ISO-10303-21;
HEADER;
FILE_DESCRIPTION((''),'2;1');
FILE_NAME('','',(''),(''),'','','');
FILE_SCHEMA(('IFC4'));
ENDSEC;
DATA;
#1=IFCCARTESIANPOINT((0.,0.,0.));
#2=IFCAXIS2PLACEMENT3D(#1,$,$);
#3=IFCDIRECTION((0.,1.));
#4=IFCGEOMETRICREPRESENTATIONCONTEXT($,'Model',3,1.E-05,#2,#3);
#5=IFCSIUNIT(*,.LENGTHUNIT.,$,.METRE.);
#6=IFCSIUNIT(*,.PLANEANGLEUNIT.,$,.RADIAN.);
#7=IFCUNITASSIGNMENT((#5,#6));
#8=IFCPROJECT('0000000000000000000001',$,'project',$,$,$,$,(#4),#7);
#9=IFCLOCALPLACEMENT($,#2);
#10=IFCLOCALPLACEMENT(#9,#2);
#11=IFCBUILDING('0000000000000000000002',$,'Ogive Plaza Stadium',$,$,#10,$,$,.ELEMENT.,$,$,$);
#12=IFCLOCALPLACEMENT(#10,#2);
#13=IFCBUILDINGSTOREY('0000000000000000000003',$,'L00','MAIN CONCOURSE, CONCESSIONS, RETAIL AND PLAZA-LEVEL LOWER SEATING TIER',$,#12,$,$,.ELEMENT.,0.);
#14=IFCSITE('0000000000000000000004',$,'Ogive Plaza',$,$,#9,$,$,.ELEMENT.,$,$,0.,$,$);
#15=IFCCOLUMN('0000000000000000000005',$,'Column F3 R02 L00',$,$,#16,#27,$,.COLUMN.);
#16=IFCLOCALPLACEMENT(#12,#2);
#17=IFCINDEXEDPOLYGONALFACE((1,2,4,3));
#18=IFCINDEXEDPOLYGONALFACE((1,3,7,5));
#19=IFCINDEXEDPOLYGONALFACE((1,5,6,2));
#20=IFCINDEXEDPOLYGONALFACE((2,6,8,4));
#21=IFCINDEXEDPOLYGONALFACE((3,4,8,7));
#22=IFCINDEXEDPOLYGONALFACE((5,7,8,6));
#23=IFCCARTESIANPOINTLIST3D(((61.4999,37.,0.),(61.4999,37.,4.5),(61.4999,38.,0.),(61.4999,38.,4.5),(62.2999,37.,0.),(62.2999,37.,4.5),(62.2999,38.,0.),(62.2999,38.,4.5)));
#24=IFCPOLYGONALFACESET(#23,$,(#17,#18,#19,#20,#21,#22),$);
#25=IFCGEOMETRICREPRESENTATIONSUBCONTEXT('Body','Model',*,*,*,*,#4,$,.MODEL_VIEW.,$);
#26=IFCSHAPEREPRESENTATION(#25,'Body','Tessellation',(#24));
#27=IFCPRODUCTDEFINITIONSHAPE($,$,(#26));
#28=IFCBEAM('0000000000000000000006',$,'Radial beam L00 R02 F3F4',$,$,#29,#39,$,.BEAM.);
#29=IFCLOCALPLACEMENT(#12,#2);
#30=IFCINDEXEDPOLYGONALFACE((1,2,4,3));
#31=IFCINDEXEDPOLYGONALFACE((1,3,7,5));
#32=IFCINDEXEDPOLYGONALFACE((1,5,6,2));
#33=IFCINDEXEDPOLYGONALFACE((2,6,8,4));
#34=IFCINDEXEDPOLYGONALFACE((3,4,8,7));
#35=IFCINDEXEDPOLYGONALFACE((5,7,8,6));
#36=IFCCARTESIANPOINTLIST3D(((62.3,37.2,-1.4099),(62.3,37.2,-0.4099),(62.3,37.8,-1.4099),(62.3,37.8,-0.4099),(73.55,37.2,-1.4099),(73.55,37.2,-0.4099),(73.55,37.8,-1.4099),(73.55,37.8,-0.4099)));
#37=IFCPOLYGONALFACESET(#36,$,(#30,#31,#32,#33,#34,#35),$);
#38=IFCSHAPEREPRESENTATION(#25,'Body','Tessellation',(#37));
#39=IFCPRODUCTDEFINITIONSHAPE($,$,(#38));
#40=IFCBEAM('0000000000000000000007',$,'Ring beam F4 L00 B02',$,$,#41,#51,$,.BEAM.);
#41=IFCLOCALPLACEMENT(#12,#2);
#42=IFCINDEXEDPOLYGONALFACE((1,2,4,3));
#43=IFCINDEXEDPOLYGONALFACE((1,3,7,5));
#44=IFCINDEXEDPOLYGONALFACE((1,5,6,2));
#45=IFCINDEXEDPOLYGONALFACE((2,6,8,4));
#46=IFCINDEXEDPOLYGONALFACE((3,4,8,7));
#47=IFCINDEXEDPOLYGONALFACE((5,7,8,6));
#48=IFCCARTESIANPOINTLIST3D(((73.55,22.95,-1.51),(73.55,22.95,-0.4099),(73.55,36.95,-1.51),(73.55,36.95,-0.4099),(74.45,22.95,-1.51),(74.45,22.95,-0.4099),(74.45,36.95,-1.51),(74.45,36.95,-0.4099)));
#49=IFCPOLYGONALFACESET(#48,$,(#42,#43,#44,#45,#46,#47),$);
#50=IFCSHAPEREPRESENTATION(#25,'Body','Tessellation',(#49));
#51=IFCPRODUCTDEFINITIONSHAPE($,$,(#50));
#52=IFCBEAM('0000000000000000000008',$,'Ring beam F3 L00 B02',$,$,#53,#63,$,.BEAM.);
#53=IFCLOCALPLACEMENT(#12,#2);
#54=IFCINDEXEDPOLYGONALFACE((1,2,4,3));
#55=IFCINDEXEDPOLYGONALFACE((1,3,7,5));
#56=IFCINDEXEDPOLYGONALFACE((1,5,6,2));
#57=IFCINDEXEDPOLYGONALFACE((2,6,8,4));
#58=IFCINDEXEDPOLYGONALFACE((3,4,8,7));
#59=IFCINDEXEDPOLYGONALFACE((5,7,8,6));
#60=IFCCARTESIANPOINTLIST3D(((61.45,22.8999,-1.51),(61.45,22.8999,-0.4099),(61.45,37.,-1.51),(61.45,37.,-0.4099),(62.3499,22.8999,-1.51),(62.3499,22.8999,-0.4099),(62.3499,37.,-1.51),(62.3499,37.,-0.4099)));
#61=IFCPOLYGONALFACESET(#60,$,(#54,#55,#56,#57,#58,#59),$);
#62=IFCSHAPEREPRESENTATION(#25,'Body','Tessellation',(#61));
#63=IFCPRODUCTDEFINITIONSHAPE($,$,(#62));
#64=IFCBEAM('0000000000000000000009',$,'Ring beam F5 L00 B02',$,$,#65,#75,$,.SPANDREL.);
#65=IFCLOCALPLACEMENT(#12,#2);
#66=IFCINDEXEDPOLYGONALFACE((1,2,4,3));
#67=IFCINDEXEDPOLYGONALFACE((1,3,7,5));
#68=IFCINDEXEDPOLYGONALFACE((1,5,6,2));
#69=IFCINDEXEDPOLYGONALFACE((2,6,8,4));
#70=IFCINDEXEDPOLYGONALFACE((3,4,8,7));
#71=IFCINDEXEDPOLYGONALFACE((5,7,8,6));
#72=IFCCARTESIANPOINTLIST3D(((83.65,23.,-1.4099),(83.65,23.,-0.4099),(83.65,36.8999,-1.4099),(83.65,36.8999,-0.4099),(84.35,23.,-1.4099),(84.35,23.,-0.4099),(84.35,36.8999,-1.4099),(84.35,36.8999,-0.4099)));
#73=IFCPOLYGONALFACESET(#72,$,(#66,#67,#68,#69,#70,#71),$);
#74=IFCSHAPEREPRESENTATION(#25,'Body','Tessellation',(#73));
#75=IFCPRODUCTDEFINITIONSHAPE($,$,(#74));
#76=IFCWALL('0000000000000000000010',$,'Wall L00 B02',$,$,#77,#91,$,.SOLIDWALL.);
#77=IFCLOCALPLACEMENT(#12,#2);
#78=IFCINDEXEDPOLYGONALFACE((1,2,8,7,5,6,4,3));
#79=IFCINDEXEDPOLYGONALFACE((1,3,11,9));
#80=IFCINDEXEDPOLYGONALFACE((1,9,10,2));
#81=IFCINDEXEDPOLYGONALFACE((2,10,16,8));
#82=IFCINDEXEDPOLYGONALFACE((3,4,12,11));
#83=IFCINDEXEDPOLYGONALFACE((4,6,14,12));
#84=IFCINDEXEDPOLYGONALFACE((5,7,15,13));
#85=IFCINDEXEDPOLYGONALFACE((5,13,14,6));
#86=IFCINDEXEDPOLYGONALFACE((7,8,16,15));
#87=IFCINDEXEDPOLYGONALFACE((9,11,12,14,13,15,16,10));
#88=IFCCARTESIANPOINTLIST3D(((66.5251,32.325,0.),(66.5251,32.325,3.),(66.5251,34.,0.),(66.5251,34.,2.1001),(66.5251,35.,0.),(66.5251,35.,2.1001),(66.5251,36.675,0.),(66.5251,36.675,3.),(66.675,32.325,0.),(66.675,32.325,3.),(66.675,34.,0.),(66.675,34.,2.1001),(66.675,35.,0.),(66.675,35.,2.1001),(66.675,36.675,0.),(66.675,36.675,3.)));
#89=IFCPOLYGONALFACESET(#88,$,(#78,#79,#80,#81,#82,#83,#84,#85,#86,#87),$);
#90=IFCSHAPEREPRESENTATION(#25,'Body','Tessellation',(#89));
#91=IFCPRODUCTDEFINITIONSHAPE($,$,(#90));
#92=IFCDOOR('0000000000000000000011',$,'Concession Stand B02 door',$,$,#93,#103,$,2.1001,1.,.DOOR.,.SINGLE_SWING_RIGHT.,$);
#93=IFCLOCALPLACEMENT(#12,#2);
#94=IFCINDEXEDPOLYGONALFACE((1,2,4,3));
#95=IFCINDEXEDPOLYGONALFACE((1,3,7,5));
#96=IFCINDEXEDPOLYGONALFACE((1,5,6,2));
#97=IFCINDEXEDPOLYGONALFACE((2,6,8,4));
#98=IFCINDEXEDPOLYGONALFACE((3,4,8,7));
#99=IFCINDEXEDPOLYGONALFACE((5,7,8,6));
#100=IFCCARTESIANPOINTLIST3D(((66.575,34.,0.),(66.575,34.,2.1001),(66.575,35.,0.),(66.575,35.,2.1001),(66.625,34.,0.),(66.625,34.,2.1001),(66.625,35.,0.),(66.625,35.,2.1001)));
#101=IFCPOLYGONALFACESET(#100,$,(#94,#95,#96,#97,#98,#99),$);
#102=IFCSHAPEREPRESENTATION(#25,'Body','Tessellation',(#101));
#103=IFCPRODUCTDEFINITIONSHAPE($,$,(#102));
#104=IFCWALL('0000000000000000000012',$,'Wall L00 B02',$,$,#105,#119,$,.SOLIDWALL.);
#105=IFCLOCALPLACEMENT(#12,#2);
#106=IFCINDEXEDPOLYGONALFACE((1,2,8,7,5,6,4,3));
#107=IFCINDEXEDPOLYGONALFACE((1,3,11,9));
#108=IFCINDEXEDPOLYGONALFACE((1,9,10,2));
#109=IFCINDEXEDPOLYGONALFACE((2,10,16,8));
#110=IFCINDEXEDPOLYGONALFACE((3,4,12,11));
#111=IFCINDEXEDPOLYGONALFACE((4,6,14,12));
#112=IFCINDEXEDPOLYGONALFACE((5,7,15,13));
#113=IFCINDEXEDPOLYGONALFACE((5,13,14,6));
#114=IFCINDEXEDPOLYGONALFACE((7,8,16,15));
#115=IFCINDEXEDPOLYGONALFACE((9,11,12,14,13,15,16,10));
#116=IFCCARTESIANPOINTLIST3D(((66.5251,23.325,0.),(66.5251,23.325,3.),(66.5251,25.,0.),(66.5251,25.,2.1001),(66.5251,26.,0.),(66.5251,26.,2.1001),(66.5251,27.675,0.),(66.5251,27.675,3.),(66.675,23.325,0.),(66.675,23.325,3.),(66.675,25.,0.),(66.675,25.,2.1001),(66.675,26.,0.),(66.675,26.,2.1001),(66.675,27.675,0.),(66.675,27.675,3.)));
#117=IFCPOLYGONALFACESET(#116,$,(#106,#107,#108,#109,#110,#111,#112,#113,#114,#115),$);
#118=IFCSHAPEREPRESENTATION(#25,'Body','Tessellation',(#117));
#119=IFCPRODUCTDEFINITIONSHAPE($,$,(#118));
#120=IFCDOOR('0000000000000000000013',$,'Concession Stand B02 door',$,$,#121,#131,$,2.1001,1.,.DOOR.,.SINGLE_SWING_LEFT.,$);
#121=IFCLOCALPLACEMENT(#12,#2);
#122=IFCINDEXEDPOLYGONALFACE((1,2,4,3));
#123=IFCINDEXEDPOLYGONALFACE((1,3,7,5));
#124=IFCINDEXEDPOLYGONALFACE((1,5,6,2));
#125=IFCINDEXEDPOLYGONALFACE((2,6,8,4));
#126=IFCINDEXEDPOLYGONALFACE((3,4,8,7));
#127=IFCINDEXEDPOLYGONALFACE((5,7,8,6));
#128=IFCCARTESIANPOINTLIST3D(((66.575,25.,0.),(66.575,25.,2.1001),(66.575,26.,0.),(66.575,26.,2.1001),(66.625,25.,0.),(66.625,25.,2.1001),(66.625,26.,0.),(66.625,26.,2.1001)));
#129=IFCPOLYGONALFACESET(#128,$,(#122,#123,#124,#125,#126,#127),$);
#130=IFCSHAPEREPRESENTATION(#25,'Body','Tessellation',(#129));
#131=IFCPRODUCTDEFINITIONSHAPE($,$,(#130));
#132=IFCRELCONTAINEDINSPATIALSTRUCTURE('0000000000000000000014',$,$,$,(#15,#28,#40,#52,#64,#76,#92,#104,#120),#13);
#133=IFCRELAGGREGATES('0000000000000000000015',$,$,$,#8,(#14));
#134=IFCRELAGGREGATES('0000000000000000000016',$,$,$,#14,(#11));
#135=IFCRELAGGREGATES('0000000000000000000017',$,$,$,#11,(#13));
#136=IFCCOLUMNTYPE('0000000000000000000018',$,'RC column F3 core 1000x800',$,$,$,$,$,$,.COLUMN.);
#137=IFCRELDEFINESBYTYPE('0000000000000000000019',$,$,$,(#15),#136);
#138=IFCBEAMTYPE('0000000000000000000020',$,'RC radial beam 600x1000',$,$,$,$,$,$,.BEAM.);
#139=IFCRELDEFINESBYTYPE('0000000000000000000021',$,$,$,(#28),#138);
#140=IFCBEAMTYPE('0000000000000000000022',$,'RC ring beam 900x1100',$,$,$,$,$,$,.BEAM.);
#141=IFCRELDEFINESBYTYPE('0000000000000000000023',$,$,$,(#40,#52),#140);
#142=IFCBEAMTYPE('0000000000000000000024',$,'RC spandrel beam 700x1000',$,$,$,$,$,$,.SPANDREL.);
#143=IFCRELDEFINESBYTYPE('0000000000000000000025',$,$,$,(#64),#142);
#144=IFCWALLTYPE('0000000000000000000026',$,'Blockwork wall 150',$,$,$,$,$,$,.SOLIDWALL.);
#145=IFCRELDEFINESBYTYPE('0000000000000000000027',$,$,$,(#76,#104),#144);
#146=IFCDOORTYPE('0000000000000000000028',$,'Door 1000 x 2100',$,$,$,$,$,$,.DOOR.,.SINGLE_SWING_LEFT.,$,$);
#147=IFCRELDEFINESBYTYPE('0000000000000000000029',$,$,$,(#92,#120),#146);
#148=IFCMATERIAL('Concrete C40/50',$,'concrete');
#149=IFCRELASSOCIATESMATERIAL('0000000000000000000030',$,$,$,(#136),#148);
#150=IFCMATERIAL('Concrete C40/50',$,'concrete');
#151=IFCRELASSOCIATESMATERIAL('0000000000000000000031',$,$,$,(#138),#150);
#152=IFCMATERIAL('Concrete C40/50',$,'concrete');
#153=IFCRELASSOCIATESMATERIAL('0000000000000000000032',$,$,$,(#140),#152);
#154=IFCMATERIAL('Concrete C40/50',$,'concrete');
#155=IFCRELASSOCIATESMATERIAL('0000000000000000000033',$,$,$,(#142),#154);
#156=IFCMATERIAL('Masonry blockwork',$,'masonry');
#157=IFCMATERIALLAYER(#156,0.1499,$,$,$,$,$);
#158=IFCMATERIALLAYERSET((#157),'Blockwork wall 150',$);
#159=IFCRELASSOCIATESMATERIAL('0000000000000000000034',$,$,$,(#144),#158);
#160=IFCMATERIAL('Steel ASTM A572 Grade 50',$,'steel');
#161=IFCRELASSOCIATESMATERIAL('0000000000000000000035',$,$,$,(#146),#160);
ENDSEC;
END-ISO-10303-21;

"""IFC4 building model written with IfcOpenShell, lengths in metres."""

from ifc_helpers import new_model, si_unit, direction, frame, frame_2d, origin, origin_2d, place, context, subcontext, project, spatial, rectangle, extrude, material, layer, layer_set, material_profile, profile_set, type_object, element, fill, save


model = new_model("IFC4")

# Units and contexts
model_context = context("Model", 3, precision=1e-05, world=origin(), true_north=direction((0.0, 1.0)))
body_context = subcontext(model_context, "Body", "Model", "MODEL_VIEW")
ifc_project = project(units=[si_unit("LENGTHUNIT", "METRE"), si_unit("PLANEANGLEUNIT", "RADIAN")], contexts=[model_context])

# Site, building, storey
site_placement = place(None, origin())
site = spatial("IfcSite", under=ifc_project, at=site_placement, Name="Ogive Plaza", CompositionType="ELEMENT", RefElevation=0.0)
building_placement = place(site_placement, origin())
building = spatial("IfcBuilding", under=site, at=building_placement, Name="Ogive Plaza Stadium", CompositionType="ELEMENT")
storey_placement = place(building_placement, origin())
storey = spatial("IfcBuildingStorey", under=building, at=storey_placement, Name="L00", Description="MAIN CONCOURSE, CONCESSIONS, RETAIL AND PLAZA-LEVEL LOWER SEATING TIER", CompositionType="ELEMENT", Elevation=0.0)

# Column
ifc_material_1 = material(Name="Concrete C40/50", Category="concrete")
ifc_material_profile_1 = material_profile(ifc_material_1, rectangle(XDim=1.0, YDim=0.8, at=origin_2d()), Name="RC 1000x800")
ifc_profile_set_1 = profile_set([ifc_material_profile_1], Name="Concrete C40/50")
column_type = type_object("IfcColumnType", Name="RC column F3 core 1000x800", PredefinedType="COLUMN", material=ifc_profile_set_1)
column_placement = place(storey_placement, frame((61.8999, 37.5, 0.0), z_axis=(0.0, 0.0, 1.0), x_axis=(0.0, 1.0, 0.0)))
element("IfcColumn", 1, at=column_placement, inside=storey, type_object=column_type, Name="Column F3 R02 L00", PredefinedType="COLUMN", context=body_context, shape_type="SweptSolid", body=[
    extrude(rectangle(XDim=1.0, YDim=0.8, at=origin_2d()), origin(), (0.0, 0.0, 1.0), 4.5),
])

# Beams
ifc_material_2 = material(Name="Concrete C40/50", Category="concrete")
ifc_material_profile_2 = material_profile(ifc_material_2, rectangle(XDim=0.6001, YDim=1.0, at=origin_2d()), Name="RC 600x1000")
ifc_profile_set_2 = profile_set([ifc_material_profile_2], Name="Concrete C40/50")
beam_type_1 = type_object("IfcBeamType", Name="RC radial beam 600x1000", PredefinedType="BEAM", material=ifc_profile_set_2)
beam_1_placement = place(storey_placement, frame((62.3, 37.5, -0.9099), z_axis=(1.0, 0.0, 0.0), x_axis=(0.0, 1.0, 0.0)))
element("IfcBeam", 2, at=beam_1_placement, inside=storey, type_object=beam_type_1, Name="Radial beam L00 R02 F3F4", PredefinedType="BEAM", context=body_context, shape_type="SweptSolid", body=[
    extrude(rectangle(XDim=0.6001, YDim=1.0, at=origin_2d()), origin(), (0.0, 0.0, 1.0), 11.25),
])
ifc_material_3 = material(Name="Concrete C40/50", Category="concrete")
ifc_material_profile_3 = material_profile(ifc_material_3, rectangle(XDim=0.8999, YDim=1.1001, at=origin_2d()), Name="RC 900x1100")
ifc_profile_set_3 = profile_set([ifc_material_profile_3], Name="Concrete C40/50")
beam_type_2 = type_object("IfcBeamType", Name="RC ring beam 900x1100", PredefinedType="BEAM", material=ifc_profile_set_3)
beam_2_placement = place(storey_placement, frame((74.0, 36.95, -0.96), z_axis=(0.0, -1.0, 0.0), x_axis=(1.0, 0.0, 0.0)))
element("IfcBeam", 3, at=beam_2_placement, inside=storey, type_object=beam_type_2, Name="Ring beam F4 L00 B02", PredefinedType="BEAM", context=body_context, shape_type="SweptSolid", body=[
    extrude(rectangle(XDim=0.8999, YDim=1.1001, at=origin_2d()), origin(), (0.0, 0.0, 1.0), 14.0),
])
beam_3_placement = place(storey_placement, frame((61.8999, 37.0, -0.96), z_axis=(0.0, -1.0, 0.0), x_axis=(1.0, 0.0, 0.0)))
element("IfcBeam", 4, at=beam_3_placement, inside=storey, type_object=beam_type_2, Name="Ring beam F3 L00 B02", PredefinedType="BEAM", context=body_context, shape_type="SweptSolid", body=[
    extrude(rectangle(XDim=0.8999, YDim=1.1001, at=origin_2d()), origin(), (0.0, 0.0, 1.0), 14.1001),
])
ifc_material_4 = material(Name="Concrete C40/50", Category="concrete")
ifc_material_profile_4 = material_profile(ifc_material_4, rectangle(XDim=0.7, YDim=1.0, at=origin_2d()), Name="RC 700x1000")
ifc_profile_set_4 = profile_set([ifc_material_profile_4], Name="Concrete C40/50")
beam_type_3 = type_object("IfcBeamType", Name="RC spandrel beam 700x1000", PredefinedType="SPANDREL", material=ifc_profile_set_4)
beam_4_placement = place(storey_placement, frame((84.0, 36.8999, -0.9099), z_axis=(0.0, -1.0, 0.0), x_axis=(1.0, 0.0, 0.0)))
element("IfcBeam", 5, at=beam_4_placement, inside=storey, type_object=beam_type_3, Name="Ring beam F5 L00 B02", PredefinedType="SPANDREL", context=body_context, shape_type="SweptSolid", body=[
    extrude(rectangle(XDim=0.7, YDim=1.0, at=origin_2d()), origin(), (0.0, 0.0, 1.0), 13.8999),
])

# Walls, openings, doors
ifc_material_5 = material(Name="Masonry blockwork", Category="masonry")
ifc_layer_1 = layer(ifc_material_5, 0.1499)
ifc_layer_set_1 = layer_set([ifc_layer_1], Name="Blockwork wall 150")
wall_type_1 = type_object("IfcWallType", Name="Blockwork wall 150", PredefinedType="SOLIDWALL", material=ifc_layer_set_1)
wall_1_placement = place(storey_placement, frame((66.6001, 36.675, 0.0), z_axis=(0.0, 0.0, 1.0), x_axis=(0.0, -1.0, 0.0)))
wall_1 = element("IfcWall", 6, at=wall_1_placement, inside=storey, type_object=wall_type_1, Name="Wall L00 B02", PredefinedType="SOLIDWALL", context=body_context, shape_type="SweptSolid", body=[
    extrude(rectangle(XDim=4.3501, YDim=0.1499, at=frame_2d((2.175, 0.0))), origin(), (0.0, 0.0, 1.0), 3.0),
])
opening_1_placement = place(wall_1_placement, frame((1.675, 0.0, 0.0)))
opening_1 = element("IfcOpeningElement", 7, at=opening_1_placement, cuts=wall_1, PredefinedType="OPENING", context=body_context, shape_type="SweptSolid", body=[
    extrude(rectangle(XDim=1.0, YDim=2.1001, at=frame_2d((0.5, 1.05))), frame((0.0, 0.075, 0.0), z_axis=(0.0, -1.0, 0.0), x_axis=(1.0, 0.0, 0.0)), (0.0, 0.0, 1.0), 0.1499),
])
ifc_material_6 = material(Name="Steel ASTM A572 Grade 50", Category="steel")
door_type_1 = type_object("IfcDoorType", Name="Door 1000 x 2100", OperationType="SINGLE_SWING_LEFT", PredefinedType="DOOR", material=ifc_material_6)
door_1_placement = place(opening_1_placement, origin())
door_1 = element("IfcDoor", 8, at=door_1_placement, inside=storey, type_object=door_type_1, Name="Concession Stand B02 door", OperationType="SINGLE_SWING_RIGHT", OverallHeight=2.1001, OverallWidth=1.0, PredefinedType="DOOR", context=body_context, shape_type="SweptSolid", body=[
    extrude(rectangle(XDim=1.0, YDim=2.1001, at=frame_2d((0.5, 1.05))), frame((0.0, 0.0249, 0.0), z_axis=(0.0, -1.0, 0.0), x_axis=(1.0, 0.0, 0.0)), (0.0, 0.0, 1.0), 0.05),
])
fill(opening_1, door_1)
wall_2_placement = place(storey_placement, frame((66.6001, 27.675, 0.0), z_axis=(0.0, 0.0, 1.0), x_axis=(0.0, -1.0, 0.0)))
wall_2 = element("IfcWall", 9, at=wall_2_placement, inside=storey, type_object=wall_type_1, Name="Wall L00 B02", PredefinedType="SOLIDWALL", context=body_context, shape_type="SweptSolid", body=[
    extrude(rectangle(XDim=4.3501, YDim=0.1499, at=frame_2d((2.175, 0.0))), origin(), (0.0, 0.0, 1.0), 3.0),
])
opening_2_placement = place(wall_2_placement, frame((1.675, 0.0, 0.0)))
opening_2 = element("IfcOpeningElement", 10, at=opening_2_placement, cuts=wall_2, PredefinedType="OPENING", context=body_context, shape_type="SweptSolid", body=[
    extrude(rectangle(XDim=1.0, YDim=2.1001, at=frame_2d((0.5, 1.05))), frame((0.0, 0.075, 0.0), z_axis=(0.0, -1.0, 0.0), x_axis=(1.0, 0.0, 0.0)), (0.0, 0.0, 1.0), 0.1499),
])
door_2_placement = place(opening_2_placement, origin())
door_2 = element("IfcDoor", 11, at=door_2_placement, inside=storey, type_object=door_type_1, Name="Concession Stand B02 door", OperationType="SINGLE_SWING_LEFT", OverallHeight=2.1001, OverallWidth=1.0, PredefinedType="DOOR", context=body_context, shape_type="SweptSolid", body=[
    extrude(rectangle(XDim=1.0, YDim=2.1001, at=frame_2d((0.5, 1.05))), frame((0.0, 0.0249, 0.0), z_axis=(0.0, -1.0, 0.0), x_axis=(1.0, 0.0, 0.0)), (0.0, 0.0, 1.0), 0.05),
])
fill(opening_2, door_2)

save(model, "model.ifc")
